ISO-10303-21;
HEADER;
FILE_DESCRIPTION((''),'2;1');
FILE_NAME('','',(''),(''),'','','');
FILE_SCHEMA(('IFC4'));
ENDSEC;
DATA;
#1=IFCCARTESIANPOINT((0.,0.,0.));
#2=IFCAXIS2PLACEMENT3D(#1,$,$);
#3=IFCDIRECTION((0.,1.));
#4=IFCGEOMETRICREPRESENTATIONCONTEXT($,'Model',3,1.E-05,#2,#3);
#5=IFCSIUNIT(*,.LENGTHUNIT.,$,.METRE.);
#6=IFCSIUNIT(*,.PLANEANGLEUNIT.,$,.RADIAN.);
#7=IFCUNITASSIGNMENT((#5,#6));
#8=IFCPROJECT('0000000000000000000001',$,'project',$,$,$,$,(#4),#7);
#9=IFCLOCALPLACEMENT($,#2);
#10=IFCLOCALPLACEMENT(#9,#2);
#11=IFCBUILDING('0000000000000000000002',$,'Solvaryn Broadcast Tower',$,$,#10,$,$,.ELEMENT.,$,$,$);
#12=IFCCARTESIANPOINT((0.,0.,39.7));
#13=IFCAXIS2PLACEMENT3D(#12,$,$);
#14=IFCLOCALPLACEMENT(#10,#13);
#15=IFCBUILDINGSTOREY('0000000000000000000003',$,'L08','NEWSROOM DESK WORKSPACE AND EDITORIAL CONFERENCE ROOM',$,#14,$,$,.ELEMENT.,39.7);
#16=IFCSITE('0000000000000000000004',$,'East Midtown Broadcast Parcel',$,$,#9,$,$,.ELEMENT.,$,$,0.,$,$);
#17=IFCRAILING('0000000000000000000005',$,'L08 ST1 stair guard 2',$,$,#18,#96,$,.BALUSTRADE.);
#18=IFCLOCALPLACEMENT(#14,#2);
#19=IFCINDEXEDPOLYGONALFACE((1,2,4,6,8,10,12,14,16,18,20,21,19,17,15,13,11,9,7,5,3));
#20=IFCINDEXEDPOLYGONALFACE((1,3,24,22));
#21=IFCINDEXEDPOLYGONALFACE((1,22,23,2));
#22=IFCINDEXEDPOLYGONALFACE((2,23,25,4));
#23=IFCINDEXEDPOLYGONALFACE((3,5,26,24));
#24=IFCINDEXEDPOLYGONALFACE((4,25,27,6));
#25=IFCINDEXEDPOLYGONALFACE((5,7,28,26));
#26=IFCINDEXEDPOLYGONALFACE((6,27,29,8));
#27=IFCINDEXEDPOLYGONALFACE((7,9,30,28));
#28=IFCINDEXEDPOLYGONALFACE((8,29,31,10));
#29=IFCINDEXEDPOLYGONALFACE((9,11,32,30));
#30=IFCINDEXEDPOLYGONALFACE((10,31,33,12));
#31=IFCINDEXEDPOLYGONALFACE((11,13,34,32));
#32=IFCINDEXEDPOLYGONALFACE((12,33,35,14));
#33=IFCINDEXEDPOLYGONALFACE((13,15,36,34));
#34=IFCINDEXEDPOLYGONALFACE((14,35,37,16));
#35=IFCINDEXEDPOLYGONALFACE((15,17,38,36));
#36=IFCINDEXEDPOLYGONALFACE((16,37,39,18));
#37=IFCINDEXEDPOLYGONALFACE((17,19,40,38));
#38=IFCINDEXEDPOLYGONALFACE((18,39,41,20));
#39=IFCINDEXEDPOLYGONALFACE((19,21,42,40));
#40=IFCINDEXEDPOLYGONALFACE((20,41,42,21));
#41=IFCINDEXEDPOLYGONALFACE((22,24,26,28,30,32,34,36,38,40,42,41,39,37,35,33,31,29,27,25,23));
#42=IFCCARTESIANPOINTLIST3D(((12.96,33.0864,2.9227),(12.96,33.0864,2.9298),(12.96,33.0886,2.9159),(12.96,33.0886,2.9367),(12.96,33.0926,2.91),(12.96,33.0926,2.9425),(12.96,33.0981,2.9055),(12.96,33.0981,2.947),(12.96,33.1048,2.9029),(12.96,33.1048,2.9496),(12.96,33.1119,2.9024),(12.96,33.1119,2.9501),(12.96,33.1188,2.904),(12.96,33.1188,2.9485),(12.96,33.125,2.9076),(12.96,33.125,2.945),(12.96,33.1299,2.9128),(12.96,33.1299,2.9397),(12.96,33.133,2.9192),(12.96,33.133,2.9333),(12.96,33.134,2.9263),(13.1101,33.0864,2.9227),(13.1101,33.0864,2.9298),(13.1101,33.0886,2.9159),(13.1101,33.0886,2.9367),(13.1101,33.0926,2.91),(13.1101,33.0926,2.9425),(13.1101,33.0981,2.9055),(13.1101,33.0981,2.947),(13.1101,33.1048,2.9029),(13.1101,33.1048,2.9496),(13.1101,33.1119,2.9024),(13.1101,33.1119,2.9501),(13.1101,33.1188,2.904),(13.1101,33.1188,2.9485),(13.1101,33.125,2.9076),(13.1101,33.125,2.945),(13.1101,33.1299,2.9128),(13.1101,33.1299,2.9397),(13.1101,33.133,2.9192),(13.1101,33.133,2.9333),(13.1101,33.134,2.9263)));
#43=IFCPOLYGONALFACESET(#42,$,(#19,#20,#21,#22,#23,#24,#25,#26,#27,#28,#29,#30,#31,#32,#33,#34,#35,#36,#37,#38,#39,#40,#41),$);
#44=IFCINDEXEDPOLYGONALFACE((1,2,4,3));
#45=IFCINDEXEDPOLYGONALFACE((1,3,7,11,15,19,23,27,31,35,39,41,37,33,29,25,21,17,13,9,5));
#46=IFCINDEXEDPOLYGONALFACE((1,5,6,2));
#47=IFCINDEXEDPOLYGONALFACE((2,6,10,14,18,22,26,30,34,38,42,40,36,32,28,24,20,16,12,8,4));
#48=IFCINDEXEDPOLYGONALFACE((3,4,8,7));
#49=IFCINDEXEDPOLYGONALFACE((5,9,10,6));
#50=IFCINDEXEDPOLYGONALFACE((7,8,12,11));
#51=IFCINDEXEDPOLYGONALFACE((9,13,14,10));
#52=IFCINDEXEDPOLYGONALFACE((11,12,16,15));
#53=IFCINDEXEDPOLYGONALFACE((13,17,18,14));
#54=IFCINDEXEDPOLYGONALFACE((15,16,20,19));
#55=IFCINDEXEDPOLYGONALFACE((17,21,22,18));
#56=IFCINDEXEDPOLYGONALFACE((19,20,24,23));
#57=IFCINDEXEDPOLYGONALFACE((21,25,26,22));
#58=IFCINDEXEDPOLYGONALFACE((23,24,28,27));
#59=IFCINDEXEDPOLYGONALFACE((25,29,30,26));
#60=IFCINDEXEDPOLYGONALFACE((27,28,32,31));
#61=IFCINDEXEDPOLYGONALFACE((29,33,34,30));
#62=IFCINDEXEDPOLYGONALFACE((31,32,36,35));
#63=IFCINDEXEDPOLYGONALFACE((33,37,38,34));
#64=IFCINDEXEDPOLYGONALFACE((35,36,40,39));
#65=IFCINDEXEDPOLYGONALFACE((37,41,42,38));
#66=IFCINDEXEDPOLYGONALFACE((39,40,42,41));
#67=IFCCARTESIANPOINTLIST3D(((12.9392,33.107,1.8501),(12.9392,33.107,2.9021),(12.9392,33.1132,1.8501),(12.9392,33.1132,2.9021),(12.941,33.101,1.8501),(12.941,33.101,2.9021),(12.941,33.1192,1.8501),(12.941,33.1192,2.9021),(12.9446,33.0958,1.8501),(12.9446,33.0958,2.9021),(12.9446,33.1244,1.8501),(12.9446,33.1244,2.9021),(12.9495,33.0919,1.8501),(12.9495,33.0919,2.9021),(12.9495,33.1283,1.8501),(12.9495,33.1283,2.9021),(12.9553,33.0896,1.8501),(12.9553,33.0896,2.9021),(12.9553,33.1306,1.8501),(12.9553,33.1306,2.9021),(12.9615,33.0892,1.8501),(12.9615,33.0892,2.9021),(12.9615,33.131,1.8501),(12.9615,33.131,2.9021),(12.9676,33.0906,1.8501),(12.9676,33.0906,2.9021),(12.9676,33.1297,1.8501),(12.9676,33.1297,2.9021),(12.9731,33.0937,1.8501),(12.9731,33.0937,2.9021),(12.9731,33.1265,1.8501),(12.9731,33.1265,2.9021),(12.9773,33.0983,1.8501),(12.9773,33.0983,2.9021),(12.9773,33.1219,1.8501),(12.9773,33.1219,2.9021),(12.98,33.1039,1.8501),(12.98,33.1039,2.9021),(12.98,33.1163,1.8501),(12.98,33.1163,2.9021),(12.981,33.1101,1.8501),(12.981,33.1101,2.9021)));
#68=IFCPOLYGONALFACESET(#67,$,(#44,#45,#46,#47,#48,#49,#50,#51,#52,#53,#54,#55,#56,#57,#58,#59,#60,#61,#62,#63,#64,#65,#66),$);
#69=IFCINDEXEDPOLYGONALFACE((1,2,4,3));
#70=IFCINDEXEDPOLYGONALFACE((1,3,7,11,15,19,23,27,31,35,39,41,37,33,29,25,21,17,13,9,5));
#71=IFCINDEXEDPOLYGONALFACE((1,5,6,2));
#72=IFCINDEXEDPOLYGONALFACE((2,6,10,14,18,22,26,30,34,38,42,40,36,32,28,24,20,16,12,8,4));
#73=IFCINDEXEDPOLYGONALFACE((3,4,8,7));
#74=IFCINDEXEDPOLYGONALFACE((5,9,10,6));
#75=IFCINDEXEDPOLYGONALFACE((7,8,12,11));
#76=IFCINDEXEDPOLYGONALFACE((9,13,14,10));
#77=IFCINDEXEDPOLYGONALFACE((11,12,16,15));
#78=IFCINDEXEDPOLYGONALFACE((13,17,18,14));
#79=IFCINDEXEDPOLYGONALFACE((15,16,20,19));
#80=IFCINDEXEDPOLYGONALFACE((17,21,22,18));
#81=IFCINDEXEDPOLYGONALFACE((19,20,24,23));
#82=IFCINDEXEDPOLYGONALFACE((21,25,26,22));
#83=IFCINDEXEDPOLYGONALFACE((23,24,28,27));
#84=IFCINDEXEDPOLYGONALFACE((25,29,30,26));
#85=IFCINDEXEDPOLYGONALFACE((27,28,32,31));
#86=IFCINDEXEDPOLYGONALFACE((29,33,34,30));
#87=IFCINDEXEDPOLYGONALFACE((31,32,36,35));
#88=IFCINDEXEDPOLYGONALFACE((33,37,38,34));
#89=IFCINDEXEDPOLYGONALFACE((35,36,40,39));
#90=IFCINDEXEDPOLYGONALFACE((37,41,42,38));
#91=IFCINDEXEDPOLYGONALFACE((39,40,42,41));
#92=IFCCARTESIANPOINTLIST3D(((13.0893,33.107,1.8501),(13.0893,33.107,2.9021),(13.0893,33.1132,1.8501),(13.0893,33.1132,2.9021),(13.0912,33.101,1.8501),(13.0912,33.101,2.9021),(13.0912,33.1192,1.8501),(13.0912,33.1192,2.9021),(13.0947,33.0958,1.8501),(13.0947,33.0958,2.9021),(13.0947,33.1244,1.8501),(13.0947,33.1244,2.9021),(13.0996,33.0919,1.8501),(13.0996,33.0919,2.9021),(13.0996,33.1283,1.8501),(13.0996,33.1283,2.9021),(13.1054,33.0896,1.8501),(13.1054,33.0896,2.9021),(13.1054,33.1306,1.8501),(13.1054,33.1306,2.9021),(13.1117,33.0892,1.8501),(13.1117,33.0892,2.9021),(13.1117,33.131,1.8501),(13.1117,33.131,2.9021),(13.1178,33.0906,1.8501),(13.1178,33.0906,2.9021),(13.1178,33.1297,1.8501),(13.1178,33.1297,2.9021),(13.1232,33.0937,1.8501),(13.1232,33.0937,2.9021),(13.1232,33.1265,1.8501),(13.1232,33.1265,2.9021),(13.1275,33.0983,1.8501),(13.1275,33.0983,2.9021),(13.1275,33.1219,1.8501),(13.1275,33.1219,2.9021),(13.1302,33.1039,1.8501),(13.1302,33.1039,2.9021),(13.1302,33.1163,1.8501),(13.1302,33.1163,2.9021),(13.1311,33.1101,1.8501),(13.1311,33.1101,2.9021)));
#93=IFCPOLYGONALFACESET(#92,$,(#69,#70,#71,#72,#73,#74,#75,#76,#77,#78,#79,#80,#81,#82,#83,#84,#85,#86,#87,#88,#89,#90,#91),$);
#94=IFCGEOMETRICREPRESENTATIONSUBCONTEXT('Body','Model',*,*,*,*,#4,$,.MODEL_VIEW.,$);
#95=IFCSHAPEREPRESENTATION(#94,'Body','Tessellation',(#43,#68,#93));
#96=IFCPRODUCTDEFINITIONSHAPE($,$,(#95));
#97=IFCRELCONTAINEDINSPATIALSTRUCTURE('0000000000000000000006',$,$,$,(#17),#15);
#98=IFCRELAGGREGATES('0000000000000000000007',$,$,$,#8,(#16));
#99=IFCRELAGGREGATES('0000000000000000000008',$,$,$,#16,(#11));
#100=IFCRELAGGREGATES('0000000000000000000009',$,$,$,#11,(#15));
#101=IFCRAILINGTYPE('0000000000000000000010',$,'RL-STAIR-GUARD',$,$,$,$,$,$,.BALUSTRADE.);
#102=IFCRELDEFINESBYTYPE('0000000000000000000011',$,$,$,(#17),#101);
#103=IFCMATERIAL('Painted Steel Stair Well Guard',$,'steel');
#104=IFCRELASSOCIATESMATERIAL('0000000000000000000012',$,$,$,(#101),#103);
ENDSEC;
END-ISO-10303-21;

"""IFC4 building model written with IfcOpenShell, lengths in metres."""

from ifc_helpers import new_model, si_unit, direction, frame, origin, origin_2d, place, context, subcontext, project, spatial, circle, extrude, material, type_object, element, save


model = new_model("IFC4")

# Units and contexts
model_context = context("Model", 3, precision=1e-05, world=origin(), true_north=direction((0.0, 1.0)))
body_context = subcontext(model_context, "Body", "Model", "MODEL_VIEW")
ifc_project = project(units=[si_unit("LENGTHUNIT", "METRE"), si_unit("PLANEANGLEUNIT", "RADIAN")], contexts=[model_context])

# Site, building, storey
site_placement = place(None, origin())
site = spatial("IfcSite", under=ifc_project, at=site_placement, Name="East Midtown Broadcast Parcel", CompositionType="ELEMENT", RefElevation=0.0)
building_placement = place(site_placement, origin())
building = spatial("IfcBuilding", under=site, at=building_placement, Name="Solvaryn Broadcast Tower", CompositionType="ELEMENT")
storey_placement = place(building_placement, frame((0.0, 0.0, 39.7)))
storey = spatial("IfcBuildingStorey", under=building, at=storey_placement, Name="L08", Description="NEWSROOM DESK WORKSPACE AND EDITORIAL CONFERENCE ROOM", CompositionType="ELEMENT", Elevation=39.7)

# Railing
ifc_material_1 = material(Name="Painted Steel Stair Well Guard", Category="steel")
railing_type_1 = type_object("IfcRailingType", Name="RL-STAIR-GUARD", PredefinedType="BALUSTRADE", material=ifc_material_1)
railing_1_placement = place(storey_placement, frame((12.96, 33.1101, 1.8501)))
element("IfcRailing", 1, at=railing_1_placement, inside=storey, type_object=railing_type_1, Name="L08 ST1 stair guard 2", PredefinedType="BALUSTRADE", context=body_context, shape_type="SweptSolid", body=[
    extrude(circle(Radius=0.0239, at=origin_2d()), frame((0.0, 0.0, 1.0762), z_axis=(1.0, 0.0, 0.0), x_axis=(0.0, 1.0, 0.0)), (0.0, 0.0, 1.0), 0.1501),
    extrude(circle(Radius=0.021, at=origin_2d()), origin(), (0.0, 0.0, 1.0), 1.052),
    extrude(circle(Radius=0.021, at=origin_2d()), frame((0.1501, 0.0, 0.0)), (0.0, 0.0, 1.0), 1.052),
])

save(model, "model.ifc")
